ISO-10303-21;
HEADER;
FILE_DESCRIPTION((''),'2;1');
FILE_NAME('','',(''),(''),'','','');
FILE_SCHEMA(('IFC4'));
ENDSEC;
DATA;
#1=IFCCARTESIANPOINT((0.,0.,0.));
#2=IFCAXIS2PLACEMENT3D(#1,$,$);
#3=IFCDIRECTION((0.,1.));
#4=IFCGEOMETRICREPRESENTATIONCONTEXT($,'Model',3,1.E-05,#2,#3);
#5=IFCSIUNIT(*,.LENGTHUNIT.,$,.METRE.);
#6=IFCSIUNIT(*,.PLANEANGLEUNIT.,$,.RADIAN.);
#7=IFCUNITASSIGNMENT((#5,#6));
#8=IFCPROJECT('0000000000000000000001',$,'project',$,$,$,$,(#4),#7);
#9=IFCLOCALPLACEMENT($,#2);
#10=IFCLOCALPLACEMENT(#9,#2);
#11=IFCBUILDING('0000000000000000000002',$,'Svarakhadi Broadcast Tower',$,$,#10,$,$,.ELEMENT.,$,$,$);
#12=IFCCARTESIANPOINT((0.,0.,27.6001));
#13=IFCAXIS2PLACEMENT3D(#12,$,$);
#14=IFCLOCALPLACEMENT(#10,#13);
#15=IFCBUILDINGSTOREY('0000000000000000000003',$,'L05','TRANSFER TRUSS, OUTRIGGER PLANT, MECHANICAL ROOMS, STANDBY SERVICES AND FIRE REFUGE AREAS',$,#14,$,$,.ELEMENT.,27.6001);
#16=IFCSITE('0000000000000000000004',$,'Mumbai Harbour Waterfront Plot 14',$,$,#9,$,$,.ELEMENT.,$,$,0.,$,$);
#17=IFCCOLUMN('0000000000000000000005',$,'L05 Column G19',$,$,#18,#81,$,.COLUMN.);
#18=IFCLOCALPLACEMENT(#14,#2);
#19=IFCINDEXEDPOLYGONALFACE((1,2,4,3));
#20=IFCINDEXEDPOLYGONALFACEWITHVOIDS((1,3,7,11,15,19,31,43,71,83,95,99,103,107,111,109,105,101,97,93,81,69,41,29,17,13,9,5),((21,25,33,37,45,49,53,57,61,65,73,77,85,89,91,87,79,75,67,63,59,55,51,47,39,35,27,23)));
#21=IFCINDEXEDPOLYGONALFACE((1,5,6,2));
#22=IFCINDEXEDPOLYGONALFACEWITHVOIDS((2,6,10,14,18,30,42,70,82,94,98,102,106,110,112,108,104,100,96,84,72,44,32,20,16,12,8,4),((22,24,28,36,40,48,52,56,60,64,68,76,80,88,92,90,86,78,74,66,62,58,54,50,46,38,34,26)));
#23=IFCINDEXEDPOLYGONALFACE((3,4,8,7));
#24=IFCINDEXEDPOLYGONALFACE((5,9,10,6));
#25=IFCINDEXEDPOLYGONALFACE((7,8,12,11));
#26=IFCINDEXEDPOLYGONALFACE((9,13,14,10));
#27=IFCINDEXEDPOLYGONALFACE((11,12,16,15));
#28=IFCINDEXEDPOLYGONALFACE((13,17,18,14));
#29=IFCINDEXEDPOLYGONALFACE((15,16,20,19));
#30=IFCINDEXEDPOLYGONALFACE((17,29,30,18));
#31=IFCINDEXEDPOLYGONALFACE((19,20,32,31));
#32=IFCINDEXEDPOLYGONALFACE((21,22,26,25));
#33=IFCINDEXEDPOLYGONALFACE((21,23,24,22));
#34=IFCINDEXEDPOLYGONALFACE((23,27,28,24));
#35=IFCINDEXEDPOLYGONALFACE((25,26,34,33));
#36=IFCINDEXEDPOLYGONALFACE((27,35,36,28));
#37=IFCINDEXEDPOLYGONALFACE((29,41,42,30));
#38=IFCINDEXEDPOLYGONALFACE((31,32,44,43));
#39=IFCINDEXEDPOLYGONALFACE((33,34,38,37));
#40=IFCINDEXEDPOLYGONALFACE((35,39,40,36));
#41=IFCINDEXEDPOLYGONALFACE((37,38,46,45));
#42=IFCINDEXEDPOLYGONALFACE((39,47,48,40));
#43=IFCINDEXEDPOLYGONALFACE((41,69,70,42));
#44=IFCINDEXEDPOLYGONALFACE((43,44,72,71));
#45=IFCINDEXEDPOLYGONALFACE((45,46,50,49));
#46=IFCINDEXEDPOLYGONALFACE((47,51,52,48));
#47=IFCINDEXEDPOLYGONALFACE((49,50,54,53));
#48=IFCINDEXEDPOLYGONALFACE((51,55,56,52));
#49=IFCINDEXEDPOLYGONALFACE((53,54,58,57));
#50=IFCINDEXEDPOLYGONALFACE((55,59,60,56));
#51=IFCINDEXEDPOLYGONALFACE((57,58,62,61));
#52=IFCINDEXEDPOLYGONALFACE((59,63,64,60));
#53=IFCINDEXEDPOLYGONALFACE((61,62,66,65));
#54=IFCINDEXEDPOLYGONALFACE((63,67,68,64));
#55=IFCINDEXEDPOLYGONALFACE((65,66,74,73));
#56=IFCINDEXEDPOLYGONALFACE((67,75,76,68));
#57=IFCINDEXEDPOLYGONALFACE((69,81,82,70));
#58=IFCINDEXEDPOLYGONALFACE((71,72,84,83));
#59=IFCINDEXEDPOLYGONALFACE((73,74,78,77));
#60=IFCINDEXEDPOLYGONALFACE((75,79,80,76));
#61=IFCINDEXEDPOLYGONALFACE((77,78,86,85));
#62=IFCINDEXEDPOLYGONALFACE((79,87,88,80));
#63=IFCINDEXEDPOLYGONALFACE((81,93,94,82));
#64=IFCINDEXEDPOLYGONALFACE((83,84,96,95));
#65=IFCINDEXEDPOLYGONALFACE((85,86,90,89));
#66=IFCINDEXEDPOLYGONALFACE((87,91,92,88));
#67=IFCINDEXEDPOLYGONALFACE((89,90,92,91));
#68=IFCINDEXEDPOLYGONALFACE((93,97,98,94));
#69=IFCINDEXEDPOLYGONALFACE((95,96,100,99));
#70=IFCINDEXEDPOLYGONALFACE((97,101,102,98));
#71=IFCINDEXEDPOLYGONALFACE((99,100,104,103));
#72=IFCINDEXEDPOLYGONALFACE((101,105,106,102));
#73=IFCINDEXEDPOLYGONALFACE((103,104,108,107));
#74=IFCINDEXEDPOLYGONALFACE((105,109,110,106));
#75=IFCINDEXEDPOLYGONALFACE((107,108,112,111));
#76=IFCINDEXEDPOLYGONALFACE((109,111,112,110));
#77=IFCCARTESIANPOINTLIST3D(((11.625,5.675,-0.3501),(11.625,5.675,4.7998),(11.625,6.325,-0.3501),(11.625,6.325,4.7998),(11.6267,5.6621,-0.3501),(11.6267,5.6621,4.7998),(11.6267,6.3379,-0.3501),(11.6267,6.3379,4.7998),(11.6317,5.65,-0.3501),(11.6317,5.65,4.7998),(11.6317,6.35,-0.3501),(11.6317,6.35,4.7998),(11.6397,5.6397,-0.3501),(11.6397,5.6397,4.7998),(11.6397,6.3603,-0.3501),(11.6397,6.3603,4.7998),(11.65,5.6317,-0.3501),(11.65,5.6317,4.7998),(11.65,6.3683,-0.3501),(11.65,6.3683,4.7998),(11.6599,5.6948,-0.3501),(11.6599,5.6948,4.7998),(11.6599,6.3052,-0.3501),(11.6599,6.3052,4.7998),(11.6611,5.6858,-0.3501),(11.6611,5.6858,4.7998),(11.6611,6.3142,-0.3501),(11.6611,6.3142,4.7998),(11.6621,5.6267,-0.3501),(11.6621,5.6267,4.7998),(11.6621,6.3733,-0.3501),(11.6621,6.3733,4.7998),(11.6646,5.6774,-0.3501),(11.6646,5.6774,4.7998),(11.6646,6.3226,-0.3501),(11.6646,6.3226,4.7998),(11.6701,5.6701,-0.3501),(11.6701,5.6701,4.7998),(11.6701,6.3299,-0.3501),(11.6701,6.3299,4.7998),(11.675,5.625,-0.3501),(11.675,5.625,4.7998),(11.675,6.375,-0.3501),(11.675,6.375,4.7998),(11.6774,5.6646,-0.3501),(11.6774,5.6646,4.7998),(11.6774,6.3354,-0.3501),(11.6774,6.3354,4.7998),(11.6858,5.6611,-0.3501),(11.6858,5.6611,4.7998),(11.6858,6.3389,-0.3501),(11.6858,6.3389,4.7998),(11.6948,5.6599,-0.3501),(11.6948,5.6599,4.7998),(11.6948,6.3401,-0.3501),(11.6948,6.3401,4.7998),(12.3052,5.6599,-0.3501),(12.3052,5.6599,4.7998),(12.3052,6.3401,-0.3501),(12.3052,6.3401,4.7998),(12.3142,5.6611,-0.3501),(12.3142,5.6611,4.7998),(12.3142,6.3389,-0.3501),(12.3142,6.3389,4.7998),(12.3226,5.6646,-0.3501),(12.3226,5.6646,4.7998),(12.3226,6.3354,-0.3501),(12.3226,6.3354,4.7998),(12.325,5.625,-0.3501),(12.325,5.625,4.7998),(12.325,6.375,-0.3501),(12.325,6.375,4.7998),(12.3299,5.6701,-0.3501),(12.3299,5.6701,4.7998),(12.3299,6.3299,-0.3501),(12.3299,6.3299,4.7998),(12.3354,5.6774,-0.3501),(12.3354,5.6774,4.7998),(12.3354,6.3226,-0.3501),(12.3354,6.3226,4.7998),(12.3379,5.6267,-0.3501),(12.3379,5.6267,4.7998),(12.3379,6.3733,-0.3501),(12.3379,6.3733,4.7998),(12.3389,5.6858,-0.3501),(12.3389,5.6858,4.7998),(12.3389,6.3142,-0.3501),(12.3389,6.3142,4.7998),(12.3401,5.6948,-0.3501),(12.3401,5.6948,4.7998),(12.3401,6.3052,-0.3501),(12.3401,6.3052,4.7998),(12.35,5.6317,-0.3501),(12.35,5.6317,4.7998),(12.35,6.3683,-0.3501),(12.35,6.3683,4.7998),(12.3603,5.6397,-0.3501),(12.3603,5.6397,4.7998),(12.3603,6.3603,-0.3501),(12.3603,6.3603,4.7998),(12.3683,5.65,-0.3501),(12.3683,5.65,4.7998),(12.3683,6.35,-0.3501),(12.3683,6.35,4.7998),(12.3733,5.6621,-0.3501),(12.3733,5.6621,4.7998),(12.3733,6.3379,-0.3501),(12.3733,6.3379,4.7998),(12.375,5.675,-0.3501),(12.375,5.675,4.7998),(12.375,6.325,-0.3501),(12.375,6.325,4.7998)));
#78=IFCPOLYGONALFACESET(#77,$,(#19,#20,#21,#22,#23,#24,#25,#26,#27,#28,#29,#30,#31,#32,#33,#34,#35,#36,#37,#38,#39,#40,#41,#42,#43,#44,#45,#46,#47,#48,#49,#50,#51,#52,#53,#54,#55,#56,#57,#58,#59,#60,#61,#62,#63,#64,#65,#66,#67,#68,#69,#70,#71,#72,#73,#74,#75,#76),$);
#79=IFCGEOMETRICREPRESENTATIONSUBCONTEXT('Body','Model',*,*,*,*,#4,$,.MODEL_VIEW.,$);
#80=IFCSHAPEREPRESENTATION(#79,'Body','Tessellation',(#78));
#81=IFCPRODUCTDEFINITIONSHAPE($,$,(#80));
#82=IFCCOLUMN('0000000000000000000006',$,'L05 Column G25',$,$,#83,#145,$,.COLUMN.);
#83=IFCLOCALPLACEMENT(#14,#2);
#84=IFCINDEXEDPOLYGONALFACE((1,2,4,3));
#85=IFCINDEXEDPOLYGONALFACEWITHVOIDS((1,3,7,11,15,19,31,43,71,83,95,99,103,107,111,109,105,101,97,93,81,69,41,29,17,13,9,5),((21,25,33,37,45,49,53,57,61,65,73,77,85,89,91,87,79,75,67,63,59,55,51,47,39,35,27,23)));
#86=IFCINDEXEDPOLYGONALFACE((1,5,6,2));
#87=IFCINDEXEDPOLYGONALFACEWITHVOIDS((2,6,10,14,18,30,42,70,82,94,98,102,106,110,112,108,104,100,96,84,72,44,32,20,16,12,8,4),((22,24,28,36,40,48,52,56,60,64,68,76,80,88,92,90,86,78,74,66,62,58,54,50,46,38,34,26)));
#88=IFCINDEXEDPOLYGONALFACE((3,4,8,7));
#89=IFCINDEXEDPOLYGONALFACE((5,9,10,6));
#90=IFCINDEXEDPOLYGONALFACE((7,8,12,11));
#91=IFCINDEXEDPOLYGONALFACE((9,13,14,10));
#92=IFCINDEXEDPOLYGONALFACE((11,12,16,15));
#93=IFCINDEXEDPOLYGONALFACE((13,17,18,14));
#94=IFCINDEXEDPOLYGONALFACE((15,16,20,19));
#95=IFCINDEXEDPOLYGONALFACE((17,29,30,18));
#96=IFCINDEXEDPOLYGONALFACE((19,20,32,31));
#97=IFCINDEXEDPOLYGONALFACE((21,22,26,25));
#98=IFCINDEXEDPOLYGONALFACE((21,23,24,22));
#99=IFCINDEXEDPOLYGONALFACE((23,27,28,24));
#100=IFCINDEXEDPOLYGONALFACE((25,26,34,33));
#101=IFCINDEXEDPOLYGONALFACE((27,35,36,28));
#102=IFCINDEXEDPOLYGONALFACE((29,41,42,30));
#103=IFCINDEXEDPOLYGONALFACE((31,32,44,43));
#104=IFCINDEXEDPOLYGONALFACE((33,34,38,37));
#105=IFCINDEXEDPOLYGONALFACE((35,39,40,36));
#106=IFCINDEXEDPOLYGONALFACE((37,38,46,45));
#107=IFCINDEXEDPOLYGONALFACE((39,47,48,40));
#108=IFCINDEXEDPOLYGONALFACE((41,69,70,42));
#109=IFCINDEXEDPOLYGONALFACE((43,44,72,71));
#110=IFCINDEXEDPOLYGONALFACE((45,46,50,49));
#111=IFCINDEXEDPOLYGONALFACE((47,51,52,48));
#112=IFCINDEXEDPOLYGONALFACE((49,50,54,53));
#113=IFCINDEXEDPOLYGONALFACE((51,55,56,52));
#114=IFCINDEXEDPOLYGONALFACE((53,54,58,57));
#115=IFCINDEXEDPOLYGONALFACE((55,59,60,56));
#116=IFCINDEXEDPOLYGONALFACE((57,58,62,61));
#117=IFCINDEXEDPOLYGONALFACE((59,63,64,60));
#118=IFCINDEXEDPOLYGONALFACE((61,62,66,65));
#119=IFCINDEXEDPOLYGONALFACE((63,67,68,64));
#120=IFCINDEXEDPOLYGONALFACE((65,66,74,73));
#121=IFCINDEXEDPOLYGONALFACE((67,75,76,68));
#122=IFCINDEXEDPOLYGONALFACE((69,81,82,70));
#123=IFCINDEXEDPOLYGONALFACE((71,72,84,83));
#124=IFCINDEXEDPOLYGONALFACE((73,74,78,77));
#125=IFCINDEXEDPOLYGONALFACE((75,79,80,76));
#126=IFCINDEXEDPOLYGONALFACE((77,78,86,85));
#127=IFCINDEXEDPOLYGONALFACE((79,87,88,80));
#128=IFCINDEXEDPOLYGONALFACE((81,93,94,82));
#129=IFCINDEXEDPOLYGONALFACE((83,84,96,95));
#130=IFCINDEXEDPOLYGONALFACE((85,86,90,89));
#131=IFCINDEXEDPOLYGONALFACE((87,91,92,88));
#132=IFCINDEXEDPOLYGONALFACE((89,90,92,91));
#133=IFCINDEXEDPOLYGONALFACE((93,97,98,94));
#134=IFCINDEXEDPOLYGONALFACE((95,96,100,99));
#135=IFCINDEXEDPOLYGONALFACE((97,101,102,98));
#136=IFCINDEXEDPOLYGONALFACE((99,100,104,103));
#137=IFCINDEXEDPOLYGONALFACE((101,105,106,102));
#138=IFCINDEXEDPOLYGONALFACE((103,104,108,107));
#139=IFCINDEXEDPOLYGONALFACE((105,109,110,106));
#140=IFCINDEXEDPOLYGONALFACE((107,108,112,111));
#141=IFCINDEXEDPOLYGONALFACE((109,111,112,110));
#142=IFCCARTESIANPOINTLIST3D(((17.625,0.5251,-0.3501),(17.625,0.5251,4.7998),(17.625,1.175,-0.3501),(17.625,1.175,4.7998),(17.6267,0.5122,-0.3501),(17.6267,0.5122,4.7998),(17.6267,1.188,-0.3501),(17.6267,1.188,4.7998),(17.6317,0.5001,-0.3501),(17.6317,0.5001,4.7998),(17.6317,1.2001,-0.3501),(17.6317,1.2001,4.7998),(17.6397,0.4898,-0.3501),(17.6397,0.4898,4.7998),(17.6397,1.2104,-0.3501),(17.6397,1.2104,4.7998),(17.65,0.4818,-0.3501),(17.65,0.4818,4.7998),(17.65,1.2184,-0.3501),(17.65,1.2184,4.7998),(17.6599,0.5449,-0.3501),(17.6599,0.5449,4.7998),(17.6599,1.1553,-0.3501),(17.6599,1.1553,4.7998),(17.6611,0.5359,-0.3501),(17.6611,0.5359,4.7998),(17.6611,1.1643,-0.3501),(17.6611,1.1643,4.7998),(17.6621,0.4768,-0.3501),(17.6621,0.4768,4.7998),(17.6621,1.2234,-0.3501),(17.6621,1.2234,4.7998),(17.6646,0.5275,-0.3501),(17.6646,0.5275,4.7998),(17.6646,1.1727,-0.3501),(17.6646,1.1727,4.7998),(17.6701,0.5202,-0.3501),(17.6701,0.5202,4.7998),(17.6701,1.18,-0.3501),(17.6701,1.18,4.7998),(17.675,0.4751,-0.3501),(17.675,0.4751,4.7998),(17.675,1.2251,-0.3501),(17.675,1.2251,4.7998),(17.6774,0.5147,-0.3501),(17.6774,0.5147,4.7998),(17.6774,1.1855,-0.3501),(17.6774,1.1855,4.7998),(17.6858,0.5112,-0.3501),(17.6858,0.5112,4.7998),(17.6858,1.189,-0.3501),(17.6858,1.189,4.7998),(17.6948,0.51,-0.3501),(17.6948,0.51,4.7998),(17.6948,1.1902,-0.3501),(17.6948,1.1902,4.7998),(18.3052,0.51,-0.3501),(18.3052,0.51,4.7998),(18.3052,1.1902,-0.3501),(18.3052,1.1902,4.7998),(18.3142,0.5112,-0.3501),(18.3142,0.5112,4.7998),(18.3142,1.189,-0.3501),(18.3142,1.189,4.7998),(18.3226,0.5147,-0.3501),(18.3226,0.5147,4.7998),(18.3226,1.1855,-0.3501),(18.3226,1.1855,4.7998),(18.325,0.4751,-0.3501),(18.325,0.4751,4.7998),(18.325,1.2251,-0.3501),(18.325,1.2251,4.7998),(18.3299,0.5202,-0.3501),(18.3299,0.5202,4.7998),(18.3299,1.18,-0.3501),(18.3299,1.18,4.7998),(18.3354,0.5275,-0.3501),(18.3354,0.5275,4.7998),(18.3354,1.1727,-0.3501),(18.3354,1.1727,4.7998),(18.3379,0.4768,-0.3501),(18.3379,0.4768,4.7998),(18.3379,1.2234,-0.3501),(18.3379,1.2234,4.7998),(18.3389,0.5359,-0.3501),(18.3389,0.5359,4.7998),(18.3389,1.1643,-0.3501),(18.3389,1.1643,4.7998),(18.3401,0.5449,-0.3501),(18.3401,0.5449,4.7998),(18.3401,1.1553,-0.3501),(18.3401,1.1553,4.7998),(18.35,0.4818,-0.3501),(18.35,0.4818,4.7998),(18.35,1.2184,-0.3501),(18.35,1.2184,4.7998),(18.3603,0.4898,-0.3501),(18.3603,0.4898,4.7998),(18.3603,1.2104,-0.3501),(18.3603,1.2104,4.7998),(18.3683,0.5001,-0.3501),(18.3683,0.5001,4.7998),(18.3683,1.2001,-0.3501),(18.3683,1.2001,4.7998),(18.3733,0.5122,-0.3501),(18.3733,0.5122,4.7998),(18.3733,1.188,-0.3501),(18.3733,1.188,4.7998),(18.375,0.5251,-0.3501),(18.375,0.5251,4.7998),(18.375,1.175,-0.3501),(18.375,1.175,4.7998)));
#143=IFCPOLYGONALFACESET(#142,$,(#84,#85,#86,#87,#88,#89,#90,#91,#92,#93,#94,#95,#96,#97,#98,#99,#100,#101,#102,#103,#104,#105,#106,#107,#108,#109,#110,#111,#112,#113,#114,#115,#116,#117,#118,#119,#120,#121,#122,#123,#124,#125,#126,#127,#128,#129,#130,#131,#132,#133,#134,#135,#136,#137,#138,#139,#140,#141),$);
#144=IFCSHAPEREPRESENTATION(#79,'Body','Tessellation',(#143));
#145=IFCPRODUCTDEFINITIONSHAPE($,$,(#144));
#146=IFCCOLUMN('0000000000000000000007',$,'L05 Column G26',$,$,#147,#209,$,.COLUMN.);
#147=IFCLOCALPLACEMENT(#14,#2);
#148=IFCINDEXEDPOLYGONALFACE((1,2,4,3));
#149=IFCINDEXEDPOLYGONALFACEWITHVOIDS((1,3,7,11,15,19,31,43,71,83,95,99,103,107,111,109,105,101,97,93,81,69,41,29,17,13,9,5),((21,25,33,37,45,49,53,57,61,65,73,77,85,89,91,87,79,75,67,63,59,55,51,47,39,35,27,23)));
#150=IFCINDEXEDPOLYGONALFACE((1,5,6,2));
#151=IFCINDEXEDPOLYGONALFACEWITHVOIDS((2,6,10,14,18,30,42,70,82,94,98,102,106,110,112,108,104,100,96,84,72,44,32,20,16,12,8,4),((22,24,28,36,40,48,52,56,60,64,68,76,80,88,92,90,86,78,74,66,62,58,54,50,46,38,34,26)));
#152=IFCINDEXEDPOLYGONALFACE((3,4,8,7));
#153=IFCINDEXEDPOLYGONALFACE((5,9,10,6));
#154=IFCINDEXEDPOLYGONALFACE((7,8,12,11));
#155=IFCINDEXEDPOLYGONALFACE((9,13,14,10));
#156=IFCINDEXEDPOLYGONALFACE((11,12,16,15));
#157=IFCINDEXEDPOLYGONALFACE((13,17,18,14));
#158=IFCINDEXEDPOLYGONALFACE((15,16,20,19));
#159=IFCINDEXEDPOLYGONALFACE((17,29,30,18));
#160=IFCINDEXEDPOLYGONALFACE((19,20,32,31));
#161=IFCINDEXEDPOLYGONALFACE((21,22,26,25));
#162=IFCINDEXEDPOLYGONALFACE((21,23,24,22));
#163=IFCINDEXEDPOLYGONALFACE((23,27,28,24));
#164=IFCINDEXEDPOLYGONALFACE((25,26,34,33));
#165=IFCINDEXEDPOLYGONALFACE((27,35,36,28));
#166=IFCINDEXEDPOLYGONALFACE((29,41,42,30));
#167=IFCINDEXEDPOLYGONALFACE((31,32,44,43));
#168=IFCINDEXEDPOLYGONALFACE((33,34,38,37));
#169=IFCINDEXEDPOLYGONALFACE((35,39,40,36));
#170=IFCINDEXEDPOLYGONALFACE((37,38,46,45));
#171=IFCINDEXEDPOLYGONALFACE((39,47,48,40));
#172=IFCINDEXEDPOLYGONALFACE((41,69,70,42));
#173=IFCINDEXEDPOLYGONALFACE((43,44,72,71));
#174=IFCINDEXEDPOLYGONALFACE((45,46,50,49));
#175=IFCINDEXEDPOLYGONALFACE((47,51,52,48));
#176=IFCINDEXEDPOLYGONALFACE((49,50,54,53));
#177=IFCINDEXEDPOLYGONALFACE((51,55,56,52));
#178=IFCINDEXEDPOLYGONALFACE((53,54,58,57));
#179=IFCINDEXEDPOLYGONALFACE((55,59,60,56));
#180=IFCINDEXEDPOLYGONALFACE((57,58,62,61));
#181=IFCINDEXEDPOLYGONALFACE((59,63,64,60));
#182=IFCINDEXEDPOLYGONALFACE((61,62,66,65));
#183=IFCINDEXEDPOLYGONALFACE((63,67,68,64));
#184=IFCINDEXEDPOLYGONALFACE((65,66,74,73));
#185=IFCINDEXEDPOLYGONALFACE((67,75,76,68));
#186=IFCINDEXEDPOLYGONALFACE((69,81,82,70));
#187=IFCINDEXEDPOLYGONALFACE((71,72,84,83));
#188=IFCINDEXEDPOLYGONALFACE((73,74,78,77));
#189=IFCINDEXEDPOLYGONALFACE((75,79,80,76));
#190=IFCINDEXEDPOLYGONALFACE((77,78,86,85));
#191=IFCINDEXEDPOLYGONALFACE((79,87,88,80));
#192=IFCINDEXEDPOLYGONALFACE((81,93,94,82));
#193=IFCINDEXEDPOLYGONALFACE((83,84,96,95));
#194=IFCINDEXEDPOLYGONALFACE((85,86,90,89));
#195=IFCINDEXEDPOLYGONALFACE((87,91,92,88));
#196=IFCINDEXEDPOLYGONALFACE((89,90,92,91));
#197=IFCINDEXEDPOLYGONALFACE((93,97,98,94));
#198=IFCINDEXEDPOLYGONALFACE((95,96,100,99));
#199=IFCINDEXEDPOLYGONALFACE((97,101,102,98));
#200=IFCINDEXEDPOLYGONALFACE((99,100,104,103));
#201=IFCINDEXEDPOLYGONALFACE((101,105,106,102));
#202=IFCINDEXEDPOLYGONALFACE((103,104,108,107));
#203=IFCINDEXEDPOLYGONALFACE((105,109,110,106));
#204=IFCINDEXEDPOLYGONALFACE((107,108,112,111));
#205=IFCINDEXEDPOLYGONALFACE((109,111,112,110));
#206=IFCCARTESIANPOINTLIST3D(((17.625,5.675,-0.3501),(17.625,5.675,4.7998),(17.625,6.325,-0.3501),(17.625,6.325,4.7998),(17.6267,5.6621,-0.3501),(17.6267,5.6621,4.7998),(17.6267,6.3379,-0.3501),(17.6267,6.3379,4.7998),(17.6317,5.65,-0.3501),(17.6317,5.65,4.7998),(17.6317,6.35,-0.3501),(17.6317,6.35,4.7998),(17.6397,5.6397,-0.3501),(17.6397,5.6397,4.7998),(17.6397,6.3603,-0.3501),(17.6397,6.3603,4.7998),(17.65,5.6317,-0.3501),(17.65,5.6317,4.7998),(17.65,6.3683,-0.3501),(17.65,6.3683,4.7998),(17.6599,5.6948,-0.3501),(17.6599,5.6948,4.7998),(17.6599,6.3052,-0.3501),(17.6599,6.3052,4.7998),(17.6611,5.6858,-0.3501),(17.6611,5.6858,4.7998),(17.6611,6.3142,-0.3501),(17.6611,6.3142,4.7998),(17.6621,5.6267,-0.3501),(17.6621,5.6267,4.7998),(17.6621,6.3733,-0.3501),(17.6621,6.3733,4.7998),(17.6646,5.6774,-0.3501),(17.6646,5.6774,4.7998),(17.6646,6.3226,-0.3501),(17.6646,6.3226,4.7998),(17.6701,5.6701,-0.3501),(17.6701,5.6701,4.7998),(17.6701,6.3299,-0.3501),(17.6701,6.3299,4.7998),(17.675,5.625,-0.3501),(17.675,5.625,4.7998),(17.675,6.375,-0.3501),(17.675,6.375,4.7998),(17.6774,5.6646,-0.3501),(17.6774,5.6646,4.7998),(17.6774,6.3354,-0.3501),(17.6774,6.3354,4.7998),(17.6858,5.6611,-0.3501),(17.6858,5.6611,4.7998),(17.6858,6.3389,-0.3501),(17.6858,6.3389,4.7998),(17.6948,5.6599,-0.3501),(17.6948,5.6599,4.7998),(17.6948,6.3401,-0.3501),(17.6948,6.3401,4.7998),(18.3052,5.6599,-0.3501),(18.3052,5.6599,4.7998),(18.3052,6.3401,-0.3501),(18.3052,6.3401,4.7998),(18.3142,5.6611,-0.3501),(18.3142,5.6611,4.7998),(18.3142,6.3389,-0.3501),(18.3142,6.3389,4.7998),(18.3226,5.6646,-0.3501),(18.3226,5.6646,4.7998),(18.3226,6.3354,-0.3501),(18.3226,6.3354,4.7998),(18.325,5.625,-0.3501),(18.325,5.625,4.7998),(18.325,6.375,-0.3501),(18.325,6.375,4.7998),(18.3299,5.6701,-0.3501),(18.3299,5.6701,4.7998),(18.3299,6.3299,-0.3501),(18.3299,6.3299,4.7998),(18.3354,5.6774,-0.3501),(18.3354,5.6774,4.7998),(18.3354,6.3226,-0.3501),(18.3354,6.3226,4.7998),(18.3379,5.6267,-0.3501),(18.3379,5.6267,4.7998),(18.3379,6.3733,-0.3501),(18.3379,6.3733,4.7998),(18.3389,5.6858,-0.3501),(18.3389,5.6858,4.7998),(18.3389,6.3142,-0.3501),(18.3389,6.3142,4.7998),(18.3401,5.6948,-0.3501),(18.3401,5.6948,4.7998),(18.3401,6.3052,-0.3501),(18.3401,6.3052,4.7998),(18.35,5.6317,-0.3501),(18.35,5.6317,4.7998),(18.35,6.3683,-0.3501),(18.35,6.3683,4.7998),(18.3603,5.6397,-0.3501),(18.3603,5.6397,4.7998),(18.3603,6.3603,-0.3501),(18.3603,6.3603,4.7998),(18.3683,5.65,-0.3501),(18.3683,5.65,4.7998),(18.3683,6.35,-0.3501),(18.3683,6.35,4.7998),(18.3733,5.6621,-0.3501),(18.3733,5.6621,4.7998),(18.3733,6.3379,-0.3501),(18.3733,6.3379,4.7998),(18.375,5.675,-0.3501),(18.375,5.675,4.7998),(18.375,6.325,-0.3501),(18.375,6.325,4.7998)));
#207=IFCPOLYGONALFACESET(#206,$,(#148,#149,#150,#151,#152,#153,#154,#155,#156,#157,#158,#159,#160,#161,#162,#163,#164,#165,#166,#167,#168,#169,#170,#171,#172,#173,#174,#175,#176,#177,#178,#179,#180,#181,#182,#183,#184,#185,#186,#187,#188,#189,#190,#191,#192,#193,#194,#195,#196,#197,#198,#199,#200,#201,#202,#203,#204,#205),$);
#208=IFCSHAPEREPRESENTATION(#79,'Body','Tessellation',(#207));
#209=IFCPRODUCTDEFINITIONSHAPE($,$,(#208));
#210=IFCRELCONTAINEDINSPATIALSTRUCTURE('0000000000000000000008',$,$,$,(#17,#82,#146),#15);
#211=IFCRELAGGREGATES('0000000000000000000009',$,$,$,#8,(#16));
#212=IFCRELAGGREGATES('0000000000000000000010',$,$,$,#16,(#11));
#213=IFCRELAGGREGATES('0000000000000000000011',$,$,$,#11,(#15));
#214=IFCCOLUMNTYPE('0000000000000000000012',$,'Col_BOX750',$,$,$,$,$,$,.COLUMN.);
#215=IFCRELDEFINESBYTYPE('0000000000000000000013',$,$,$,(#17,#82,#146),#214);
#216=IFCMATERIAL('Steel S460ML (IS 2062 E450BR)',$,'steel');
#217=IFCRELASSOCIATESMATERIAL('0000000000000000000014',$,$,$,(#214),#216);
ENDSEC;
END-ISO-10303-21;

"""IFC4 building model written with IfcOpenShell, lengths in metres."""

from ifc_helpers import new_model, si_unit, direction, frame, origin, origin_2d, place, context, subcontext, project, spatial, hollow_rectangle, extrude, material, material_profile, profile_set, type_object, element, save


model = new_model("IFC4")

# Units and contexts
model_context = context("Model", 3, precision=1e-05, world=origin(), true_north=direction((0.0, 1.0)))
body_context = subcontext(model_context, "Body", "Model", "MODEL_VIEW")
ifc_project = project(units=[si_unit("LENGTHUNIT", "METRE"), si_unit("PLANEANGLEUNIT", "RADIAN")], contexts=[model_context])

# Site, building, storey
site_placement = place(None, origin())
site = spatial("IfcSite", under=ifc_project, at=site_placement, Name="Mumbai Harbour Waterfront Plot 14", CompositionType="ELEMENT", RefElevation=0.0)
building_placement = place(site_placement, origin())
building = spatial("IfcBuilding", under=site, at=building_placement, Name="Svarakhadi Broadcast Tower", CompositionType="ELEMENT")
storey_placement = place(building_placement, frame((0.0, 0.0, 27.6001)))
storey = spatial("IfcBuildingStorey", under=building, at=storey_placement, Name="L05", Description="TRANSFER TRUSS, OUTRIGGER PLANT, MECHANICAL ROOMS, STANDBY SERVICES AND FIRE REFUGE AREAS", CompositionType="ELEMENT", Elevation=27.6001)

# Columns
ifc_material_1 = material(Name="Steel S460ML (IS 2062 E450BR)", Category="steel")
ifc_material_profile_1 = material_profile(ifc_material_1, hollow_rectangle(XDim=0.75, YDim=0.75, WallThickness=0.0349, InnerFilletRadius=0.0349, OuterFilletRadius=0.05, at=origin_2d()), Name="BOX 750x750x35")
ifc_profile_set_1 = profile_set([ifc_material_profile_1], Name="Steel S460ML (IS 2062 E450BR)")
column_type_1 = type_object("IfcColumnType", Name="Col_BOX750", PredefinedType="COLUMN", material=ifc_profile_set_1)
for number, where, z_axis, x_axis, name in (
    (1, (12.0, 6.0, -0.3501), (0.0, 0.0, 1.0), (1.0, 0.0, 0.0), "L05 Column G19"),
    (2, (18.0, 0.8501, -0.3501), (0.0, 0.0, 1.0), (1.0, 0.0, 0.0), "L05 Column G25"),
    (3, (18.0, 6.0, -0.3501), (0.0, 0.0, 1.0), (1.0, 0.0, 0.0), "L05 Column G26"),
):
    element("IfcColumn", number, at=place(storey_placement, frame(where, z_axis=z_axis, x_axis=x_axis)), inside=storey, type_object=column_type_1, Name=name, PredefinedType="COLUMN", context=body_context, shape_type="SweptSolid", body=[
        extrude(hollow_rectangle(XDim=0.75, YDim=0.75, WallThickness=0.0349, InnerFilletRadius=0.0349, OuterFilletRadius=0.05, at=origin_2d()), origin(), (0.0, 0.0, 1.0), 5.1499),
    ])

save(model, "model.ifc")
